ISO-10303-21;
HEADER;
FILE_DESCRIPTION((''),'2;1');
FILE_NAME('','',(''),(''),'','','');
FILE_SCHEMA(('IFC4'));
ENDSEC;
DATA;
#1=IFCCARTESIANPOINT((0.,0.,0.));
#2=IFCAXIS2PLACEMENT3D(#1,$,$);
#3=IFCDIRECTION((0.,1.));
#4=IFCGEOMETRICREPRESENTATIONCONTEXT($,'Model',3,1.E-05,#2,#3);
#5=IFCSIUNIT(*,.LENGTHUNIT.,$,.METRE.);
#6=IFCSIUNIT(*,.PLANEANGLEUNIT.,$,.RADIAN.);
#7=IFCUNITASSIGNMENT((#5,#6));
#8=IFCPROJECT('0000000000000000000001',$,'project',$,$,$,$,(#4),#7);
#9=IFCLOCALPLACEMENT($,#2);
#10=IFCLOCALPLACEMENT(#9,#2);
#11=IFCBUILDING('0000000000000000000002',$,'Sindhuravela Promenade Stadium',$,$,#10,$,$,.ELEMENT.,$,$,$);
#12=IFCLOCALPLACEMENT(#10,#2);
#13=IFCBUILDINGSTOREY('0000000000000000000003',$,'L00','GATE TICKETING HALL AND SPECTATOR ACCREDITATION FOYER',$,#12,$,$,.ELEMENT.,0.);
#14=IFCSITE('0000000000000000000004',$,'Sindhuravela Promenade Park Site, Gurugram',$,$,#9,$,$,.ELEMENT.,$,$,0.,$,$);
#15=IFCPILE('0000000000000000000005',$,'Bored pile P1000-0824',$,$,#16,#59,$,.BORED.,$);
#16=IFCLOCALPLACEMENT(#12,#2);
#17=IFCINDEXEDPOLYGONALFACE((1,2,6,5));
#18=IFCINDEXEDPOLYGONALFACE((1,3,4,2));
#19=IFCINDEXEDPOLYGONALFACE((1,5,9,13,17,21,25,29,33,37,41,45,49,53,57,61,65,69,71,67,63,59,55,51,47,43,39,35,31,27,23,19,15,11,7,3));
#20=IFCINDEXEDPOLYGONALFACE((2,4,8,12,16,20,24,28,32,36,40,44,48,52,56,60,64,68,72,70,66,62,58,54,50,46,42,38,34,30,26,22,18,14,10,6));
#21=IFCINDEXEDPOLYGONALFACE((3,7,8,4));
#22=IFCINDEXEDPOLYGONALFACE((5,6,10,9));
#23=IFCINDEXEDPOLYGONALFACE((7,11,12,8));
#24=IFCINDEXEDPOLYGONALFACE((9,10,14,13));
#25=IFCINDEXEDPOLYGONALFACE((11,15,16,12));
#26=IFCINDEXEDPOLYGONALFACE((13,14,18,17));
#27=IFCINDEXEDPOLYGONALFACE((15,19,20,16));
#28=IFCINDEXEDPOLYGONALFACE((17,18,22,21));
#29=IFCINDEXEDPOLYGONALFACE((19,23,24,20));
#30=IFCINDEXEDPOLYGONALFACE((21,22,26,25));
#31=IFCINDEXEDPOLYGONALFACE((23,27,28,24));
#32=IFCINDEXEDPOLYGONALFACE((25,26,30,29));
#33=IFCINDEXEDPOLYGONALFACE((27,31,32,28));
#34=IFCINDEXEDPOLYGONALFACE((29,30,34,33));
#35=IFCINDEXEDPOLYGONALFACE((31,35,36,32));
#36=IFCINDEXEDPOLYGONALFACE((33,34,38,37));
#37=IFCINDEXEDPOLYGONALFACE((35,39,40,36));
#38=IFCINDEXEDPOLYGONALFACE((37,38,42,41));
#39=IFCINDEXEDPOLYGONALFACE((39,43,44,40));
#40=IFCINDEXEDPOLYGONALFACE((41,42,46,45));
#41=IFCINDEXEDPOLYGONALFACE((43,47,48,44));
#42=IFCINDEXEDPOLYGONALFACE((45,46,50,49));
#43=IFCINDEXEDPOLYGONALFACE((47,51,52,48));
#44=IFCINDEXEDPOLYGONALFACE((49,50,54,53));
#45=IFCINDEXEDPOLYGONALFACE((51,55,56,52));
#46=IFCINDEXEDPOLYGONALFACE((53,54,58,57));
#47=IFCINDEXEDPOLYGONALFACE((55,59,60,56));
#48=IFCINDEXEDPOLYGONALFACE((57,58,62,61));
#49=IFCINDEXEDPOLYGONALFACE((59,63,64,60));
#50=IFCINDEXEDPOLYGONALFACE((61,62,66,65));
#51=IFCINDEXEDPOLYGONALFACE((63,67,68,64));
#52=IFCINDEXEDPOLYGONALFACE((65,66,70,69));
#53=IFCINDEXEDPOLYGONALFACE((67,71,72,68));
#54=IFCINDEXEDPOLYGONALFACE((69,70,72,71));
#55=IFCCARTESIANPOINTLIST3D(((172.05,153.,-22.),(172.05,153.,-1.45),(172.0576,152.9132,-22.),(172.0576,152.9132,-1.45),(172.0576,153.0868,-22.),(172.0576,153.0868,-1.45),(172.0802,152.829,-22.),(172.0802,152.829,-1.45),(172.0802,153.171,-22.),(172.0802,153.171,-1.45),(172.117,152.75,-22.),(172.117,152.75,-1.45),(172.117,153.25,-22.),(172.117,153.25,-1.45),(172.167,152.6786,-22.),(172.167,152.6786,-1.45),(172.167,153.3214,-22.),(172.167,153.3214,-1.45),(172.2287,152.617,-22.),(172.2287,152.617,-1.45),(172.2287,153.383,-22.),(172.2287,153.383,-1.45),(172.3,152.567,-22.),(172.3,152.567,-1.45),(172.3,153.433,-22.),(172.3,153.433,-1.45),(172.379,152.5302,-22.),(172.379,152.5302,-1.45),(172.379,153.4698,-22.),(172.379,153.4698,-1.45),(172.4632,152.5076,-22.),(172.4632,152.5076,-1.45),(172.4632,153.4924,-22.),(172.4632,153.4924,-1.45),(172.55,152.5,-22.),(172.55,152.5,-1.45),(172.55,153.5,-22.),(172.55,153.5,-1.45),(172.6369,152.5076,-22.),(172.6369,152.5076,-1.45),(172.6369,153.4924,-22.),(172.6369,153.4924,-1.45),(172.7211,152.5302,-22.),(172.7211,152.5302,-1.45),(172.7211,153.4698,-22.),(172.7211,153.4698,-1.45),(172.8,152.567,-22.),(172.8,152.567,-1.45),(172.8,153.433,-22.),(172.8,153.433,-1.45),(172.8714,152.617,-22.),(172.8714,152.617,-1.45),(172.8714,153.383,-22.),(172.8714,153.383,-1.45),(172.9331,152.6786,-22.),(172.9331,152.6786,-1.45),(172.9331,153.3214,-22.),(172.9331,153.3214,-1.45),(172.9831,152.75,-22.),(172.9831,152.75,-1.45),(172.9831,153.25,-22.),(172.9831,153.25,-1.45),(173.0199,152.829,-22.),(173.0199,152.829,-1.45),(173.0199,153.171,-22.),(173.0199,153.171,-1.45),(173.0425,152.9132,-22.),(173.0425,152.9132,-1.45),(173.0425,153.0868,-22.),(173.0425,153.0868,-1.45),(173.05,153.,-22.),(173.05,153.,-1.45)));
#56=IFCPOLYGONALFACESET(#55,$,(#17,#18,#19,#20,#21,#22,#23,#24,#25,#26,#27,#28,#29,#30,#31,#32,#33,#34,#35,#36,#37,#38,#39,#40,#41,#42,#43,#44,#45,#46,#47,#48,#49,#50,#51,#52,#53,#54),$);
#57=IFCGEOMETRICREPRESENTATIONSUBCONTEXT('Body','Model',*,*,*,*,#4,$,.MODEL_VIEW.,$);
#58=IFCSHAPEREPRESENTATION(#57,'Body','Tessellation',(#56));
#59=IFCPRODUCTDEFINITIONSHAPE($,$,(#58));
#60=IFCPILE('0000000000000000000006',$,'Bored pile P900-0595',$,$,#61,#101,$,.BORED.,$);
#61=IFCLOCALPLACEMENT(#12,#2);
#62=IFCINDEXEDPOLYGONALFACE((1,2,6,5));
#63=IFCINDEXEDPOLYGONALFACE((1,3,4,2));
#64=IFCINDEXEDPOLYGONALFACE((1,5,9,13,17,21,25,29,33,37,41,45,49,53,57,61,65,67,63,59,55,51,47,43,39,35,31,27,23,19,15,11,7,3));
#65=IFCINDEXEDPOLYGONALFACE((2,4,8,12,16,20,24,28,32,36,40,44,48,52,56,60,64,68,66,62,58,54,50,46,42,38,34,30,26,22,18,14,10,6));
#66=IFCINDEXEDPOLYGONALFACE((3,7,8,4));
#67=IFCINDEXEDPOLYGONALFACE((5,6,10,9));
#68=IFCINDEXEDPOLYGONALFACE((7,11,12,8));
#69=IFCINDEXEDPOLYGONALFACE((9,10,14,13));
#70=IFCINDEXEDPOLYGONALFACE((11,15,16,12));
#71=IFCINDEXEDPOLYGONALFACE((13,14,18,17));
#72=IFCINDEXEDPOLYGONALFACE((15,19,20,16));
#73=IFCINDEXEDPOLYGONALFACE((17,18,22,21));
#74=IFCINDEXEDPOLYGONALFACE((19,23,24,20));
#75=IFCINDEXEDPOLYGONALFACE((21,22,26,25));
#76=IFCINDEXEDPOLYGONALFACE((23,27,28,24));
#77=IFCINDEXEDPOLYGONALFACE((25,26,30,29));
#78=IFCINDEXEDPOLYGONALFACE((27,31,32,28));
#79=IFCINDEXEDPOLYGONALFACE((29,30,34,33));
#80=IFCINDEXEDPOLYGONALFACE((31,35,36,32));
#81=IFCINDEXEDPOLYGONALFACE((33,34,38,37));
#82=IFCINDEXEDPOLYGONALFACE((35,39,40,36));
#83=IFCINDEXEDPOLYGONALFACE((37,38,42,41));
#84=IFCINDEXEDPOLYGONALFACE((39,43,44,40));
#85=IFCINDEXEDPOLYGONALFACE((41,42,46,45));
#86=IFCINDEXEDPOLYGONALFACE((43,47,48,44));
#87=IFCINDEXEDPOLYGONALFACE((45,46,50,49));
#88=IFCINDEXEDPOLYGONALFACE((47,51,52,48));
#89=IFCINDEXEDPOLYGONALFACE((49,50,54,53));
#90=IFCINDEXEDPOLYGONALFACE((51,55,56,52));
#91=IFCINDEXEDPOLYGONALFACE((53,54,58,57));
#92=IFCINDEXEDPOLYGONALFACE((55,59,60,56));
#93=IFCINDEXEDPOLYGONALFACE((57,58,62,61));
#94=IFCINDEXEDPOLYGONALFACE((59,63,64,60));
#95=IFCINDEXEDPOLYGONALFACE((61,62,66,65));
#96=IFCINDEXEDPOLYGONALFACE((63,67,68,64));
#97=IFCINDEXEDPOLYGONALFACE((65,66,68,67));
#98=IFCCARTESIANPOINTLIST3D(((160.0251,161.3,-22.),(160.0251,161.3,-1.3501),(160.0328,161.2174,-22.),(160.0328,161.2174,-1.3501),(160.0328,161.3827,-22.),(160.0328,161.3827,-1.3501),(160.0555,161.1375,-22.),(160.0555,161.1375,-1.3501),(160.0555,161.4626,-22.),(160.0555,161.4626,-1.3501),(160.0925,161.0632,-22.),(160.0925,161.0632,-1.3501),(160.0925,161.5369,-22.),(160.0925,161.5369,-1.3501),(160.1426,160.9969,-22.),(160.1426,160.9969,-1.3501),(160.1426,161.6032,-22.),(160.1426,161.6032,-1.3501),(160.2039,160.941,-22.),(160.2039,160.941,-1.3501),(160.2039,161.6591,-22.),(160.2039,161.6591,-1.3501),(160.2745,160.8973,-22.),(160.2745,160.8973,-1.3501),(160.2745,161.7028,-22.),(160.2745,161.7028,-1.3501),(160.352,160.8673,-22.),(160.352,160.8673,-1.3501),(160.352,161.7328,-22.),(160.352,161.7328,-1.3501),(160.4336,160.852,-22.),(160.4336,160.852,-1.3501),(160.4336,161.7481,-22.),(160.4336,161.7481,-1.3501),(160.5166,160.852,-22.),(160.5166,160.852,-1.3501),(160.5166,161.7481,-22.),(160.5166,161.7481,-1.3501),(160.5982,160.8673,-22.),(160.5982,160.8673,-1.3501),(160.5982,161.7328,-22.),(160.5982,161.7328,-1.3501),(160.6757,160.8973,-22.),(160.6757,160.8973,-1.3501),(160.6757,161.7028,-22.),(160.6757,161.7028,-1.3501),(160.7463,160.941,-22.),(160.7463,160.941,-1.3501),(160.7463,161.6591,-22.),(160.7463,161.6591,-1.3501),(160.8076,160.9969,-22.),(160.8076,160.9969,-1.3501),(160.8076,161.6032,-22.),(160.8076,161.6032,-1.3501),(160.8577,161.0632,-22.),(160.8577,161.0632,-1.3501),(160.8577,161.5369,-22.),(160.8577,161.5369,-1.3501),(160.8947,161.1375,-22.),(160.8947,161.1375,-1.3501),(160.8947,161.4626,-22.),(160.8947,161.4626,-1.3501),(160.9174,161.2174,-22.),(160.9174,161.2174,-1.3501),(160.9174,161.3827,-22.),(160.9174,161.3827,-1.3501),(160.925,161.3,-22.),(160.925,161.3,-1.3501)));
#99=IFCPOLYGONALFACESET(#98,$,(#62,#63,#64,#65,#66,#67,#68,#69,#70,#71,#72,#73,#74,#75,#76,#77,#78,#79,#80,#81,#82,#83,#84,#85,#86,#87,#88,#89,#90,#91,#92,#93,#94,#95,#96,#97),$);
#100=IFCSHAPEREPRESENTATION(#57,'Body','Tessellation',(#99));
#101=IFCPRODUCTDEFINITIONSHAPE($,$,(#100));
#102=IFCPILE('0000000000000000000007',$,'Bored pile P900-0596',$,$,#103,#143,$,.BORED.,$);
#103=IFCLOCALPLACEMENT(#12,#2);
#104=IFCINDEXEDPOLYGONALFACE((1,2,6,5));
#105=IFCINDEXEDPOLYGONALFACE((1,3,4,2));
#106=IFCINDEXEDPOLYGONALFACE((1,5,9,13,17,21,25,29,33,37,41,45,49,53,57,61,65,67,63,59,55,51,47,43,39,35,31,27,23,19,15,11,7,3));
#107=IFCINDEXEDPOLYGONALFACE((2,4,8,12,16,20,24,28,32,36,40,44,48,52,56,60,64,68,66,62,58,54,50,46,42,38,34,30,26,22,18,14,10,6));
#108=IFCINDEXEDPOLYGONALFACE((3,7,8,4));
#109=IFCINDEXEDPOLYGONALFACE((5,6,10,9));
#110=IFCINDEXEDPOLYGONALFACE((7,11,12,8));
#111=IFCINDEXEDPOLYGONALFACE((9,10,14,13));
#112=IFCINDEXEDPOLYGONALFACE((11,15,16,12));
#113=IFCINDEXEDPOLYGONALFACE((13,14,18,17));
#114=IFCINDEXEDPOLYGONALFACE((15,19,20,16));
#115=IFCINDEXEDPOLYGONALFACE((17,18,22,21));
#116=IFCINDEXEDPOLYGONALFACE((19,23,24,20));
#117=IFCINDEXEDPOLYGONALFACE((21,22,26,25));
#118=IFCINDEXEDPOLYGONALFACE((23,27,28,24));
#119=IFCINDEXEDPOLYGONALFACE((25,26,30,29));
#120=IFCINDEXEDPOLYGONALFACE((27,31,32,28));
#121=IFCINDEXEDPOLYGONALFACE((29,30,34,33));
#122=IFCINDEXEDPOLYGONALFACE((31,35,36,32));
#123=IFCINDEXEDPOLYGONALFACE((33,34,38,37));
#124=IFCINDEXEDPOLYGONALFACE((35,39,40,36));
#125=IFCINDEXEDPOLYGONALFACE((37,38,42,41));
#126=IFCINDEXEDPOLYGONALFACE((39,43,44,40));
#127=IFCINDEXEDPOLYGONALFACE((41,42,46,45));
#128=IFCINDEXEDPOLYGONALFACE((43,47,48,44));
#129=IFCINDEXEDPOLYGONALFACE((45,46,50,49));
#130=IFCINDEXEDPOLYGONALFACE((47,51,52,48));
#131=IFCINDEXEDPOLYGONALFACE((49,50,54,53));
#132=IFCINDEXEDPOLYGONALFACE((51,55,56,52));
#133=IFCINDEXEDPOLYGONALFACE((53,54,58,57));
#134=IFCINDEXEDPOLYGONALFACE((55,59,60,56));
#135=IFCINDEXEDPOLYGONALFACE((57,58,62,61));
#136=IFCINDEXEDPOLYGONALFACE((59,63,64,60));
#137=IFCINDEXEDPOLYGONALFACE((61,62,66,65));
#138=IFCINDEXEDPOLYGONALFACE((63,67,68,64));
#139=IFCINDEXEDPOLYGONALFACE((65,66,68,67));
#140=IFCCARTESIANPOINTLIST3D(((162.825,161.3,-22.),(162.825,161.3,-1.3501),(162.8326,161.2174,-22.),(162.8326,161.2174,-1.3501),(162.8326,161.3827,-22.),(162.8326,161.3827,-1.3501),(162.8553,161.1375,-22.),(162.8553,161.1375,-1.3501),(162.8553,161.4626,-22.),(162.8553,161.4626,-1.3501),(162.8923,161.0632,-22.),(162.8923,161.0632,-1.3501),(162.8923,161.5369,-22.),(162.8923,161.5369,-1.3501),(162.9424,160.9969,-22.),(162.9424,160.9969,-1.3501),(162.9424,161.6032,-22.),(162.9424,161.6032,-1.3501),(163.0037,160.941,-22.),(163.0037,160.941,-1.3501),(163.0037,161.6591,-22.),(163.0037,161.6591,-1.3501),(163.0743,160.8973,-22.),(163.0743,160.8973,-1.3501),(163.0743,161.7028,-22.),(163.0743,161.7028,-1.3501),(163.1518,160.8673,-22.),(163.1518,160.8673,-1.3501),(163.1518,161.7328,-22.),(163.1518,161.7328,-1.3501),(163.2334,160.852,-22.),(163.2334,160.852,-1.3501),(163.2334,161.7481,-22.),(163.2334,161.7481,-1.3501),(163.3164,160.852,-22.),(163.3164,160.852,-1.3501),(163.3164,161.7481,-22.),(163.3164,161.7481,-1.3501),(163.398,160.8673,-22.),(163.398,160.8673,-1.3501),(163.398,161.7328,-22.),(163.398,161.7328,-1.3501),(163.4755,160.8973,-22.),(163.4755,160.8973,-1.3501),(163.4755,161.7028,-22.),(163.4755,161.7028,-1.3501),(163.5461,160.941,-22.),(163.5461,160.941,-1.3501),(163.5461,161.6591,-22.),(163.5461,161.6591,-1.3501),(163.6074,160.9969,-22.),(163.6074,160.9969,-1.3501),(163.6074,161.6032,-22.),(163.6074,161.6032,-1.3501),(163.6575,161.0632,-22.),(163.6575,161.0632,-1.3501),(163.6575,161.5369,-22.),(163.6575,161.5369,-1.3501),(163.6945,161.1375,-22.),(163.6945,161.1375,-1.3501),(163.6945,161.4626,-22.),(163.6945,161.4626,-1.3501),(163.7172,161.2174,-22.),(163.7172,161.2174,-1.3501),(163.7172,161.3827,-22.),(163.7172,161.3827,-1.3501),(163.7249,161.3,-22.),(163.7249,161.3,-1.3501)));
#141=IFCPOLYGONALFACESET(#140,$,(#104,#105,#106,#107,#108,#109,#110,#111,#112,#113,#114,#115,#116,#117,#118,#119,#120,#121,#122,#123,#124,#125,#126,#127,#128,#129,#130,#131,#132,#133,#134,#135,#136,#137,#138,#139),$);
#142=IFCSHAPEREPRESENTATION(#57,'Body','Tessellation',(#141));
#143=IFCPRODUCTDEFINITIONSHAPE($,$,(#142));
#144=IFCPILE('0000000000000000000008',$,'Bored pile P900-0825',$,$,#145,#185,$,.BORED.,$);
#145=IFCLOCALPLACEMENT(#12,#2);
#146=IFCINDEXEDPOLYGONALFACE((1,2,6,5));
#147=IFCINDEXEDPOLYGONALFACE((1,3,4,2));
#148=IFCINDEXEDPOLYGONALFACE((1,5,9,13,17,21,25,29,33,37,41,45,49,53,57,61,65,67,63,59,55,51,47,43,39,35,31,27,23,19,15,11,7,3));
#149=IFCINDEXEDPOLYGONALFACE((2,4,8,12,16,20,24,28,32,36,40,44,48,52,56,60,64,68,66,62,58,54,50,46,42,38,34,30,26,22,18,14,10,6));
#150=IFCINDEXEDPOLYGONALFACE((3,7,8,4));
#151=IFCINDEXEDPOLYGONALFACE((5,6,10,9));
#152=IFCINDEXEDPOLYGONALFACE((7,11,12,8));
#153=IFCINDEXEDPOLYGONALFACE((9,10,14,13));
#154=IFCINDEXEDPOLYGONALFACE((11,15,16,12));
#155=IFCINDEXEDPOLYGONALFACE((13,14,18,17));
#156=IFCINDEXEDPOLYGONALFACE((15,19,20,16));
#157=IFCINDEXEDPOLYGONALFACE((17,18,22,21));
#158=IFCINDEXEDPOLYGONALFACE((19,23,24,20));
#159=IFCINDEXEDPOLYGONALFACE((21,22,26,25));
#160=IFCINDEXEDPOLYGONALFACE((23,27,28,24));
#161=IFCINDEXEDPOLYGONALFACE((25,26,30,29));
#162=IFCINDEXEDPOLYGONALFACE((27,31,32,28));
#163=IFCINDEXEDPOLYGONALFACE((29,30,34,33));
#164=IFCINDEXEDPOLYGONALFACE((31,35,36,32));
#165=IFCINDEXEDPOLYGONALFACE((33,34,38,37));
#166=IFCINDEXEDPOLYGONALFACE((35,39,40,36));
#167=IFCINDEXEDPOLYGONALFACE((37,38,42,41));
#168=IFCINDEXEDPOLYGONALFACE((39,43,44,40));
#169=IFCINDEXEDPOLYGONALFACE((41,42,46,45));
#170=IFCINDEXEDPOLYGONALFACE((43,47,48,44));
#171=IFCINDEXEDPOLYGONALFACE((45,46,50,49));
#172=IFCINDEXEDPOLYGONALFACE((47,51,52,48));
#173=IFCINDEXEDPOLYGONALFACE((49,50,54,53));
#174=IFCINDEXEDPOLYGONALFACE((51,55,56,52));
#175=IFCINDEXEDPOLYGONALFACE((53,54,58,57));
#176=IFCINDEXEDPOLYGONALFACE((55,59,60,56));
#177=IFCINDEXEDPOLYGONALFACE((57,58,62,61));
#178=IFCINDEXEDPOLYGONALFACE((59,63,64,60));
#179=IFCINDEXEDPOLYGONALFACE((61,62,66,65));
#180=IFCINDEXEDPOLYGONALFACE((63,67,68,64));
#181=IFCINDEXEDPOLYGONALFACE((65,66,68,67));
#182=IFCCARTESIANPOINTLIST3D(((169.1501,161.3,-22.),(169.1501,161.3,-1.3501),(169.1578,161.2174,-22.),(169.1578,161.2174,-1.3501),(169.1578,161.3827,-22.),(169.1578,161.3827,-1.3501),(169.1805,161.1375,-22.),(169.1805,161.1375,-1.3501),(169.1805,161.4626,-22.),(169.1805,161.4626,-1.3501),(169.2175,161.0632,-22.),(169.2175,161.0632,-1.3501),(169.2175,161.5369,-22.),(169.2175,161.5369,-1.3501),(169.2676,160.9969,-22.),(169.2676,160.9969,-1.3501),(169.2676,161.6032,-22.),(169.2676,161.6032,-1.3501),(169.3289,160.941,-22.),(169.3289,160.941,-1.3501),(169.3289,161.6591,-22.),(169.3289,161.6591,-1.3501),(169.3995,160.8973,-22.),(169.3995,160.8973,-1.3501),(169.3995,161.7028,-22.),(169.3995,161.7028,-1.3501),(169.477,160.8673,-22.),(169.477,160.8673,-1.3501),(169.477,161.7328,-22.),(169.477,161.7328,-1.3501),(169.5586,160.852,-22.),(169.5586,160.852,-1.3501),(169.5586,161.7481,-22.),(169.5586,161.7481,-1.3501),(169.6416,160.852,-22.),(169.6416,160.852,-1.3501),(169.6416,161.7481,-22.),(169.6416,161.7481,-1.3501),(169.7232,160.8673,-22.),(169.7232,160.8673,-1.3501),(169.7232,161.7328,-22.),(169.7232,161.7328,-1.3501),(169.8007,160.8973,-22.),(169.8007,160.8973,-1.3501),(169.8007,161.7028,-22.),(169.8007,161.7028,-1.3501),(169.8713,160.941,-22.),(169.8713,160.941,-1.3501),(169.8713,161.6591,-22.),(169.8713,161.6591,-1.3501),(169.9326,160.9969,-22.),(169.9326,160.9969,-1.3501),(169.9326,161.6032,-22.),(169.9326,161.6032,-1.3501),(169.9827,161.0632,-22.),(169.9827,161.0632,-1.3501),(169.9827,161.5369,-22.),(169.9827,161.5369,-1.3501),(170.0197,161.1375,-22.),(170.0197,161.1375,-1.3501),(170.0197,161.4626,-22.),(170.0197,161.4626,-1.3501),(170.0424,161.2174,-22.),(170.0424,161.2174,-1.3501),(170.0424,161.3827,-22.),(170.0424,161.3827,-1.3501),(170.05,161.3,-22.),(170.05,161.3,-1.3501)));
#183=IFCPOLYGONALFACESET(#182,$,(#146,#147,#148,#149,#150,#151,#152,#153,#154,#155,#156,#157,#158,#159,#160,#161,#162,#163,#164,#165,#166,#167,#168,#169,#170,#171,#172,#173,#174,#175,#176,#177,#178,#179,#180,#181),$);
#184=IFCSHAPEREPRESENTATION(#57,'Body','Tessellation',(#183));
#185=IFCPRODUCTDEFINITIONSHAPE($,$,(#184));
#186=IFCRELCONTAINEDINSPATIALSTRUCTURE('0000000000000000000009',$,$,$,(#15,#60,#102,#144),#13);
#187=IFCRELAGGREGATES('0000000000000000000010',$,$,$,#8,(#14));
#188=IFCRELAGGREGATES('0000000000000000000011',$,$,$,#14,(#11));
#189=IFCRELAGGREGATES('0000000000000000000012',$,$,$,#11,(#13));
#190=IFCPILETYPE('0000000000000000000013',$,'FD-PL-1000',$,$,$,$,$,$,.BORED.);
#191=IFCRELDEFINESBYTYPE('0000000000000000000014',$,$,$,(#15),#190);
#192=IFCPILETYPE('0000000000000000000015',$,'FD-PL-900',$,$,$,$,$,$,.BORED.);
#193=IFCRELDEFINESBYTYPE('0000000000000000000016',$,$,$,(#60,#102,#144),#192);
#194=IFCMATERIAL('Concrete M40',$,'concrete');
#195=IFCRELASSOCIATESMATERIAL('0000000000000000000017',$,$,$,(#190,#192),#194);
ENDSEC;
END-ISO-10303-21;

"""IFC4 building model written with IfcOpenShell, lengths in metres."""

from ifc_helpers import new_model, si_unit, direction, frame, origin, origin_2d, place, context, subcontext, project, spatial, circle, extrude, material, material_profile, profile_set, type_object, element, save


model = new_model("IFC4")

# Units and contexts
model_context = context("Model", 3, precision=1e-05, world=origin(), true_north=direction((0.0, 1.0)))
body_context = subcontext(model_context, "Body", "Model", "MODEL_VIEW")
ifc_project = project(units=[si_unit("LENGTHUNIT", "METRE"), si_unit("PLANEANGLEUNIT", "RADIAN")], contexts=[model_context])

# Site, building, storey
site_placement = place(None, origin())
site = spatial("IfcSite", under=ifc_project, at=site_placement, Name="Sindhuravela Promenade Park Site, Gurugram", CompositionType="ELEMENT", RefElevation=0.0)
building_placement = place(site_placement, origin())
building = spatial("IfcBuilding", under=site, at=building_placement, Name="Sindhuravela Promenade Stadium", CompositionType="ELEMENT")
storey_placement = place(building_placement, origin())
storey = spatial("IfcBuildingStorey", under=building, at=storey_placement, Name="L00", Description="GATE TICKETING HALL AND SPECTATOR ACCREDITATION FOYER", CompositionType="ELEMENT", Elevation=0.0)

# Piles
ifc_material_1 = material(Name="Concrete M40", Category="concrete")
ifc_material_profile_1 = material_profile(ifc_material_1, circle(Radius=0.5, at=origin_2d()), Name="BORED PILE D1000")
ifc_profile_set_1 = profile_set([ifc_material_profile_1], Name="Concrete M40")
pile_type_1 = type_object("IfcPileType", Name="FD-PL-1000", PredefinedType="BORED", material=ifc_profile_set_1)
for number, where, z_axis, x_axis, name in (
    (1, (172.55, 153.0, -1.45), (0.0, 0.0, -1.0), (1.0, 0.0, 0.0), "Bored pile P1000-0824"),
):
    element("IfcPile", number, at=place(storey_placement, frame(where, z_axis=z_axis, x_axis=x_axis)), inside=storey, type_object=pile_type_1, Name=name, PredefinedType="BORED", context=body_context, shape_type="SweptSolid", body=[
        extrude(circle(Radius=0.5, at=origin_2d()), origin(), (0.0, 0.0, 1.0), 20.55),
    ])
ifc_material_profile_2 = material_profile(ifc_material_1, circle(Radius=0.45, at=origin_2d()), Name="BORED PILE D900")
ifc_profile_set_2 = profile_set([ifc_material_profile_2], Name="Concrete M40")
pile_type_2 = type_object("IfcPileType", Name="FD-PL-900", PredefinedType="BORED", material=ifc_profile_set_2)
for number, where, z_axis, x_axis, name in (
    (2, (160.4751, 161.3, -1.3501), (0.0, 0.0, -1.0), (1.0, 0.0, 0.0), "Bored pile P900-0595"),
    (3, (163.2749, 161.3, -1.3501), (0.0, 0.0, -1.0), (1.0, 0.0, 0.0), "Bored pile P900-0596"),
    (4, (169.6001, 161.3, -1.3501), (0.0, 0.0, -1.0), (1.0, 0.0, 0.0), "Bored pile P900-0825"),
):
    element("IfcPile", number, at=place(storey_placement, frame(where, z_axis=z_axis, x_axis=x_axis)), inside=storey, type_object=pile_type_2, Name=name, PredefinedType="BORED", context=body_context, shape_type="SweptSolid", body=[
        extrude(circle(Radius=0.45, at=origin_2d()), origin(), (0.0, 0.0, 1.0), 20.6499),
    ])

save(model, "model.ifc")
